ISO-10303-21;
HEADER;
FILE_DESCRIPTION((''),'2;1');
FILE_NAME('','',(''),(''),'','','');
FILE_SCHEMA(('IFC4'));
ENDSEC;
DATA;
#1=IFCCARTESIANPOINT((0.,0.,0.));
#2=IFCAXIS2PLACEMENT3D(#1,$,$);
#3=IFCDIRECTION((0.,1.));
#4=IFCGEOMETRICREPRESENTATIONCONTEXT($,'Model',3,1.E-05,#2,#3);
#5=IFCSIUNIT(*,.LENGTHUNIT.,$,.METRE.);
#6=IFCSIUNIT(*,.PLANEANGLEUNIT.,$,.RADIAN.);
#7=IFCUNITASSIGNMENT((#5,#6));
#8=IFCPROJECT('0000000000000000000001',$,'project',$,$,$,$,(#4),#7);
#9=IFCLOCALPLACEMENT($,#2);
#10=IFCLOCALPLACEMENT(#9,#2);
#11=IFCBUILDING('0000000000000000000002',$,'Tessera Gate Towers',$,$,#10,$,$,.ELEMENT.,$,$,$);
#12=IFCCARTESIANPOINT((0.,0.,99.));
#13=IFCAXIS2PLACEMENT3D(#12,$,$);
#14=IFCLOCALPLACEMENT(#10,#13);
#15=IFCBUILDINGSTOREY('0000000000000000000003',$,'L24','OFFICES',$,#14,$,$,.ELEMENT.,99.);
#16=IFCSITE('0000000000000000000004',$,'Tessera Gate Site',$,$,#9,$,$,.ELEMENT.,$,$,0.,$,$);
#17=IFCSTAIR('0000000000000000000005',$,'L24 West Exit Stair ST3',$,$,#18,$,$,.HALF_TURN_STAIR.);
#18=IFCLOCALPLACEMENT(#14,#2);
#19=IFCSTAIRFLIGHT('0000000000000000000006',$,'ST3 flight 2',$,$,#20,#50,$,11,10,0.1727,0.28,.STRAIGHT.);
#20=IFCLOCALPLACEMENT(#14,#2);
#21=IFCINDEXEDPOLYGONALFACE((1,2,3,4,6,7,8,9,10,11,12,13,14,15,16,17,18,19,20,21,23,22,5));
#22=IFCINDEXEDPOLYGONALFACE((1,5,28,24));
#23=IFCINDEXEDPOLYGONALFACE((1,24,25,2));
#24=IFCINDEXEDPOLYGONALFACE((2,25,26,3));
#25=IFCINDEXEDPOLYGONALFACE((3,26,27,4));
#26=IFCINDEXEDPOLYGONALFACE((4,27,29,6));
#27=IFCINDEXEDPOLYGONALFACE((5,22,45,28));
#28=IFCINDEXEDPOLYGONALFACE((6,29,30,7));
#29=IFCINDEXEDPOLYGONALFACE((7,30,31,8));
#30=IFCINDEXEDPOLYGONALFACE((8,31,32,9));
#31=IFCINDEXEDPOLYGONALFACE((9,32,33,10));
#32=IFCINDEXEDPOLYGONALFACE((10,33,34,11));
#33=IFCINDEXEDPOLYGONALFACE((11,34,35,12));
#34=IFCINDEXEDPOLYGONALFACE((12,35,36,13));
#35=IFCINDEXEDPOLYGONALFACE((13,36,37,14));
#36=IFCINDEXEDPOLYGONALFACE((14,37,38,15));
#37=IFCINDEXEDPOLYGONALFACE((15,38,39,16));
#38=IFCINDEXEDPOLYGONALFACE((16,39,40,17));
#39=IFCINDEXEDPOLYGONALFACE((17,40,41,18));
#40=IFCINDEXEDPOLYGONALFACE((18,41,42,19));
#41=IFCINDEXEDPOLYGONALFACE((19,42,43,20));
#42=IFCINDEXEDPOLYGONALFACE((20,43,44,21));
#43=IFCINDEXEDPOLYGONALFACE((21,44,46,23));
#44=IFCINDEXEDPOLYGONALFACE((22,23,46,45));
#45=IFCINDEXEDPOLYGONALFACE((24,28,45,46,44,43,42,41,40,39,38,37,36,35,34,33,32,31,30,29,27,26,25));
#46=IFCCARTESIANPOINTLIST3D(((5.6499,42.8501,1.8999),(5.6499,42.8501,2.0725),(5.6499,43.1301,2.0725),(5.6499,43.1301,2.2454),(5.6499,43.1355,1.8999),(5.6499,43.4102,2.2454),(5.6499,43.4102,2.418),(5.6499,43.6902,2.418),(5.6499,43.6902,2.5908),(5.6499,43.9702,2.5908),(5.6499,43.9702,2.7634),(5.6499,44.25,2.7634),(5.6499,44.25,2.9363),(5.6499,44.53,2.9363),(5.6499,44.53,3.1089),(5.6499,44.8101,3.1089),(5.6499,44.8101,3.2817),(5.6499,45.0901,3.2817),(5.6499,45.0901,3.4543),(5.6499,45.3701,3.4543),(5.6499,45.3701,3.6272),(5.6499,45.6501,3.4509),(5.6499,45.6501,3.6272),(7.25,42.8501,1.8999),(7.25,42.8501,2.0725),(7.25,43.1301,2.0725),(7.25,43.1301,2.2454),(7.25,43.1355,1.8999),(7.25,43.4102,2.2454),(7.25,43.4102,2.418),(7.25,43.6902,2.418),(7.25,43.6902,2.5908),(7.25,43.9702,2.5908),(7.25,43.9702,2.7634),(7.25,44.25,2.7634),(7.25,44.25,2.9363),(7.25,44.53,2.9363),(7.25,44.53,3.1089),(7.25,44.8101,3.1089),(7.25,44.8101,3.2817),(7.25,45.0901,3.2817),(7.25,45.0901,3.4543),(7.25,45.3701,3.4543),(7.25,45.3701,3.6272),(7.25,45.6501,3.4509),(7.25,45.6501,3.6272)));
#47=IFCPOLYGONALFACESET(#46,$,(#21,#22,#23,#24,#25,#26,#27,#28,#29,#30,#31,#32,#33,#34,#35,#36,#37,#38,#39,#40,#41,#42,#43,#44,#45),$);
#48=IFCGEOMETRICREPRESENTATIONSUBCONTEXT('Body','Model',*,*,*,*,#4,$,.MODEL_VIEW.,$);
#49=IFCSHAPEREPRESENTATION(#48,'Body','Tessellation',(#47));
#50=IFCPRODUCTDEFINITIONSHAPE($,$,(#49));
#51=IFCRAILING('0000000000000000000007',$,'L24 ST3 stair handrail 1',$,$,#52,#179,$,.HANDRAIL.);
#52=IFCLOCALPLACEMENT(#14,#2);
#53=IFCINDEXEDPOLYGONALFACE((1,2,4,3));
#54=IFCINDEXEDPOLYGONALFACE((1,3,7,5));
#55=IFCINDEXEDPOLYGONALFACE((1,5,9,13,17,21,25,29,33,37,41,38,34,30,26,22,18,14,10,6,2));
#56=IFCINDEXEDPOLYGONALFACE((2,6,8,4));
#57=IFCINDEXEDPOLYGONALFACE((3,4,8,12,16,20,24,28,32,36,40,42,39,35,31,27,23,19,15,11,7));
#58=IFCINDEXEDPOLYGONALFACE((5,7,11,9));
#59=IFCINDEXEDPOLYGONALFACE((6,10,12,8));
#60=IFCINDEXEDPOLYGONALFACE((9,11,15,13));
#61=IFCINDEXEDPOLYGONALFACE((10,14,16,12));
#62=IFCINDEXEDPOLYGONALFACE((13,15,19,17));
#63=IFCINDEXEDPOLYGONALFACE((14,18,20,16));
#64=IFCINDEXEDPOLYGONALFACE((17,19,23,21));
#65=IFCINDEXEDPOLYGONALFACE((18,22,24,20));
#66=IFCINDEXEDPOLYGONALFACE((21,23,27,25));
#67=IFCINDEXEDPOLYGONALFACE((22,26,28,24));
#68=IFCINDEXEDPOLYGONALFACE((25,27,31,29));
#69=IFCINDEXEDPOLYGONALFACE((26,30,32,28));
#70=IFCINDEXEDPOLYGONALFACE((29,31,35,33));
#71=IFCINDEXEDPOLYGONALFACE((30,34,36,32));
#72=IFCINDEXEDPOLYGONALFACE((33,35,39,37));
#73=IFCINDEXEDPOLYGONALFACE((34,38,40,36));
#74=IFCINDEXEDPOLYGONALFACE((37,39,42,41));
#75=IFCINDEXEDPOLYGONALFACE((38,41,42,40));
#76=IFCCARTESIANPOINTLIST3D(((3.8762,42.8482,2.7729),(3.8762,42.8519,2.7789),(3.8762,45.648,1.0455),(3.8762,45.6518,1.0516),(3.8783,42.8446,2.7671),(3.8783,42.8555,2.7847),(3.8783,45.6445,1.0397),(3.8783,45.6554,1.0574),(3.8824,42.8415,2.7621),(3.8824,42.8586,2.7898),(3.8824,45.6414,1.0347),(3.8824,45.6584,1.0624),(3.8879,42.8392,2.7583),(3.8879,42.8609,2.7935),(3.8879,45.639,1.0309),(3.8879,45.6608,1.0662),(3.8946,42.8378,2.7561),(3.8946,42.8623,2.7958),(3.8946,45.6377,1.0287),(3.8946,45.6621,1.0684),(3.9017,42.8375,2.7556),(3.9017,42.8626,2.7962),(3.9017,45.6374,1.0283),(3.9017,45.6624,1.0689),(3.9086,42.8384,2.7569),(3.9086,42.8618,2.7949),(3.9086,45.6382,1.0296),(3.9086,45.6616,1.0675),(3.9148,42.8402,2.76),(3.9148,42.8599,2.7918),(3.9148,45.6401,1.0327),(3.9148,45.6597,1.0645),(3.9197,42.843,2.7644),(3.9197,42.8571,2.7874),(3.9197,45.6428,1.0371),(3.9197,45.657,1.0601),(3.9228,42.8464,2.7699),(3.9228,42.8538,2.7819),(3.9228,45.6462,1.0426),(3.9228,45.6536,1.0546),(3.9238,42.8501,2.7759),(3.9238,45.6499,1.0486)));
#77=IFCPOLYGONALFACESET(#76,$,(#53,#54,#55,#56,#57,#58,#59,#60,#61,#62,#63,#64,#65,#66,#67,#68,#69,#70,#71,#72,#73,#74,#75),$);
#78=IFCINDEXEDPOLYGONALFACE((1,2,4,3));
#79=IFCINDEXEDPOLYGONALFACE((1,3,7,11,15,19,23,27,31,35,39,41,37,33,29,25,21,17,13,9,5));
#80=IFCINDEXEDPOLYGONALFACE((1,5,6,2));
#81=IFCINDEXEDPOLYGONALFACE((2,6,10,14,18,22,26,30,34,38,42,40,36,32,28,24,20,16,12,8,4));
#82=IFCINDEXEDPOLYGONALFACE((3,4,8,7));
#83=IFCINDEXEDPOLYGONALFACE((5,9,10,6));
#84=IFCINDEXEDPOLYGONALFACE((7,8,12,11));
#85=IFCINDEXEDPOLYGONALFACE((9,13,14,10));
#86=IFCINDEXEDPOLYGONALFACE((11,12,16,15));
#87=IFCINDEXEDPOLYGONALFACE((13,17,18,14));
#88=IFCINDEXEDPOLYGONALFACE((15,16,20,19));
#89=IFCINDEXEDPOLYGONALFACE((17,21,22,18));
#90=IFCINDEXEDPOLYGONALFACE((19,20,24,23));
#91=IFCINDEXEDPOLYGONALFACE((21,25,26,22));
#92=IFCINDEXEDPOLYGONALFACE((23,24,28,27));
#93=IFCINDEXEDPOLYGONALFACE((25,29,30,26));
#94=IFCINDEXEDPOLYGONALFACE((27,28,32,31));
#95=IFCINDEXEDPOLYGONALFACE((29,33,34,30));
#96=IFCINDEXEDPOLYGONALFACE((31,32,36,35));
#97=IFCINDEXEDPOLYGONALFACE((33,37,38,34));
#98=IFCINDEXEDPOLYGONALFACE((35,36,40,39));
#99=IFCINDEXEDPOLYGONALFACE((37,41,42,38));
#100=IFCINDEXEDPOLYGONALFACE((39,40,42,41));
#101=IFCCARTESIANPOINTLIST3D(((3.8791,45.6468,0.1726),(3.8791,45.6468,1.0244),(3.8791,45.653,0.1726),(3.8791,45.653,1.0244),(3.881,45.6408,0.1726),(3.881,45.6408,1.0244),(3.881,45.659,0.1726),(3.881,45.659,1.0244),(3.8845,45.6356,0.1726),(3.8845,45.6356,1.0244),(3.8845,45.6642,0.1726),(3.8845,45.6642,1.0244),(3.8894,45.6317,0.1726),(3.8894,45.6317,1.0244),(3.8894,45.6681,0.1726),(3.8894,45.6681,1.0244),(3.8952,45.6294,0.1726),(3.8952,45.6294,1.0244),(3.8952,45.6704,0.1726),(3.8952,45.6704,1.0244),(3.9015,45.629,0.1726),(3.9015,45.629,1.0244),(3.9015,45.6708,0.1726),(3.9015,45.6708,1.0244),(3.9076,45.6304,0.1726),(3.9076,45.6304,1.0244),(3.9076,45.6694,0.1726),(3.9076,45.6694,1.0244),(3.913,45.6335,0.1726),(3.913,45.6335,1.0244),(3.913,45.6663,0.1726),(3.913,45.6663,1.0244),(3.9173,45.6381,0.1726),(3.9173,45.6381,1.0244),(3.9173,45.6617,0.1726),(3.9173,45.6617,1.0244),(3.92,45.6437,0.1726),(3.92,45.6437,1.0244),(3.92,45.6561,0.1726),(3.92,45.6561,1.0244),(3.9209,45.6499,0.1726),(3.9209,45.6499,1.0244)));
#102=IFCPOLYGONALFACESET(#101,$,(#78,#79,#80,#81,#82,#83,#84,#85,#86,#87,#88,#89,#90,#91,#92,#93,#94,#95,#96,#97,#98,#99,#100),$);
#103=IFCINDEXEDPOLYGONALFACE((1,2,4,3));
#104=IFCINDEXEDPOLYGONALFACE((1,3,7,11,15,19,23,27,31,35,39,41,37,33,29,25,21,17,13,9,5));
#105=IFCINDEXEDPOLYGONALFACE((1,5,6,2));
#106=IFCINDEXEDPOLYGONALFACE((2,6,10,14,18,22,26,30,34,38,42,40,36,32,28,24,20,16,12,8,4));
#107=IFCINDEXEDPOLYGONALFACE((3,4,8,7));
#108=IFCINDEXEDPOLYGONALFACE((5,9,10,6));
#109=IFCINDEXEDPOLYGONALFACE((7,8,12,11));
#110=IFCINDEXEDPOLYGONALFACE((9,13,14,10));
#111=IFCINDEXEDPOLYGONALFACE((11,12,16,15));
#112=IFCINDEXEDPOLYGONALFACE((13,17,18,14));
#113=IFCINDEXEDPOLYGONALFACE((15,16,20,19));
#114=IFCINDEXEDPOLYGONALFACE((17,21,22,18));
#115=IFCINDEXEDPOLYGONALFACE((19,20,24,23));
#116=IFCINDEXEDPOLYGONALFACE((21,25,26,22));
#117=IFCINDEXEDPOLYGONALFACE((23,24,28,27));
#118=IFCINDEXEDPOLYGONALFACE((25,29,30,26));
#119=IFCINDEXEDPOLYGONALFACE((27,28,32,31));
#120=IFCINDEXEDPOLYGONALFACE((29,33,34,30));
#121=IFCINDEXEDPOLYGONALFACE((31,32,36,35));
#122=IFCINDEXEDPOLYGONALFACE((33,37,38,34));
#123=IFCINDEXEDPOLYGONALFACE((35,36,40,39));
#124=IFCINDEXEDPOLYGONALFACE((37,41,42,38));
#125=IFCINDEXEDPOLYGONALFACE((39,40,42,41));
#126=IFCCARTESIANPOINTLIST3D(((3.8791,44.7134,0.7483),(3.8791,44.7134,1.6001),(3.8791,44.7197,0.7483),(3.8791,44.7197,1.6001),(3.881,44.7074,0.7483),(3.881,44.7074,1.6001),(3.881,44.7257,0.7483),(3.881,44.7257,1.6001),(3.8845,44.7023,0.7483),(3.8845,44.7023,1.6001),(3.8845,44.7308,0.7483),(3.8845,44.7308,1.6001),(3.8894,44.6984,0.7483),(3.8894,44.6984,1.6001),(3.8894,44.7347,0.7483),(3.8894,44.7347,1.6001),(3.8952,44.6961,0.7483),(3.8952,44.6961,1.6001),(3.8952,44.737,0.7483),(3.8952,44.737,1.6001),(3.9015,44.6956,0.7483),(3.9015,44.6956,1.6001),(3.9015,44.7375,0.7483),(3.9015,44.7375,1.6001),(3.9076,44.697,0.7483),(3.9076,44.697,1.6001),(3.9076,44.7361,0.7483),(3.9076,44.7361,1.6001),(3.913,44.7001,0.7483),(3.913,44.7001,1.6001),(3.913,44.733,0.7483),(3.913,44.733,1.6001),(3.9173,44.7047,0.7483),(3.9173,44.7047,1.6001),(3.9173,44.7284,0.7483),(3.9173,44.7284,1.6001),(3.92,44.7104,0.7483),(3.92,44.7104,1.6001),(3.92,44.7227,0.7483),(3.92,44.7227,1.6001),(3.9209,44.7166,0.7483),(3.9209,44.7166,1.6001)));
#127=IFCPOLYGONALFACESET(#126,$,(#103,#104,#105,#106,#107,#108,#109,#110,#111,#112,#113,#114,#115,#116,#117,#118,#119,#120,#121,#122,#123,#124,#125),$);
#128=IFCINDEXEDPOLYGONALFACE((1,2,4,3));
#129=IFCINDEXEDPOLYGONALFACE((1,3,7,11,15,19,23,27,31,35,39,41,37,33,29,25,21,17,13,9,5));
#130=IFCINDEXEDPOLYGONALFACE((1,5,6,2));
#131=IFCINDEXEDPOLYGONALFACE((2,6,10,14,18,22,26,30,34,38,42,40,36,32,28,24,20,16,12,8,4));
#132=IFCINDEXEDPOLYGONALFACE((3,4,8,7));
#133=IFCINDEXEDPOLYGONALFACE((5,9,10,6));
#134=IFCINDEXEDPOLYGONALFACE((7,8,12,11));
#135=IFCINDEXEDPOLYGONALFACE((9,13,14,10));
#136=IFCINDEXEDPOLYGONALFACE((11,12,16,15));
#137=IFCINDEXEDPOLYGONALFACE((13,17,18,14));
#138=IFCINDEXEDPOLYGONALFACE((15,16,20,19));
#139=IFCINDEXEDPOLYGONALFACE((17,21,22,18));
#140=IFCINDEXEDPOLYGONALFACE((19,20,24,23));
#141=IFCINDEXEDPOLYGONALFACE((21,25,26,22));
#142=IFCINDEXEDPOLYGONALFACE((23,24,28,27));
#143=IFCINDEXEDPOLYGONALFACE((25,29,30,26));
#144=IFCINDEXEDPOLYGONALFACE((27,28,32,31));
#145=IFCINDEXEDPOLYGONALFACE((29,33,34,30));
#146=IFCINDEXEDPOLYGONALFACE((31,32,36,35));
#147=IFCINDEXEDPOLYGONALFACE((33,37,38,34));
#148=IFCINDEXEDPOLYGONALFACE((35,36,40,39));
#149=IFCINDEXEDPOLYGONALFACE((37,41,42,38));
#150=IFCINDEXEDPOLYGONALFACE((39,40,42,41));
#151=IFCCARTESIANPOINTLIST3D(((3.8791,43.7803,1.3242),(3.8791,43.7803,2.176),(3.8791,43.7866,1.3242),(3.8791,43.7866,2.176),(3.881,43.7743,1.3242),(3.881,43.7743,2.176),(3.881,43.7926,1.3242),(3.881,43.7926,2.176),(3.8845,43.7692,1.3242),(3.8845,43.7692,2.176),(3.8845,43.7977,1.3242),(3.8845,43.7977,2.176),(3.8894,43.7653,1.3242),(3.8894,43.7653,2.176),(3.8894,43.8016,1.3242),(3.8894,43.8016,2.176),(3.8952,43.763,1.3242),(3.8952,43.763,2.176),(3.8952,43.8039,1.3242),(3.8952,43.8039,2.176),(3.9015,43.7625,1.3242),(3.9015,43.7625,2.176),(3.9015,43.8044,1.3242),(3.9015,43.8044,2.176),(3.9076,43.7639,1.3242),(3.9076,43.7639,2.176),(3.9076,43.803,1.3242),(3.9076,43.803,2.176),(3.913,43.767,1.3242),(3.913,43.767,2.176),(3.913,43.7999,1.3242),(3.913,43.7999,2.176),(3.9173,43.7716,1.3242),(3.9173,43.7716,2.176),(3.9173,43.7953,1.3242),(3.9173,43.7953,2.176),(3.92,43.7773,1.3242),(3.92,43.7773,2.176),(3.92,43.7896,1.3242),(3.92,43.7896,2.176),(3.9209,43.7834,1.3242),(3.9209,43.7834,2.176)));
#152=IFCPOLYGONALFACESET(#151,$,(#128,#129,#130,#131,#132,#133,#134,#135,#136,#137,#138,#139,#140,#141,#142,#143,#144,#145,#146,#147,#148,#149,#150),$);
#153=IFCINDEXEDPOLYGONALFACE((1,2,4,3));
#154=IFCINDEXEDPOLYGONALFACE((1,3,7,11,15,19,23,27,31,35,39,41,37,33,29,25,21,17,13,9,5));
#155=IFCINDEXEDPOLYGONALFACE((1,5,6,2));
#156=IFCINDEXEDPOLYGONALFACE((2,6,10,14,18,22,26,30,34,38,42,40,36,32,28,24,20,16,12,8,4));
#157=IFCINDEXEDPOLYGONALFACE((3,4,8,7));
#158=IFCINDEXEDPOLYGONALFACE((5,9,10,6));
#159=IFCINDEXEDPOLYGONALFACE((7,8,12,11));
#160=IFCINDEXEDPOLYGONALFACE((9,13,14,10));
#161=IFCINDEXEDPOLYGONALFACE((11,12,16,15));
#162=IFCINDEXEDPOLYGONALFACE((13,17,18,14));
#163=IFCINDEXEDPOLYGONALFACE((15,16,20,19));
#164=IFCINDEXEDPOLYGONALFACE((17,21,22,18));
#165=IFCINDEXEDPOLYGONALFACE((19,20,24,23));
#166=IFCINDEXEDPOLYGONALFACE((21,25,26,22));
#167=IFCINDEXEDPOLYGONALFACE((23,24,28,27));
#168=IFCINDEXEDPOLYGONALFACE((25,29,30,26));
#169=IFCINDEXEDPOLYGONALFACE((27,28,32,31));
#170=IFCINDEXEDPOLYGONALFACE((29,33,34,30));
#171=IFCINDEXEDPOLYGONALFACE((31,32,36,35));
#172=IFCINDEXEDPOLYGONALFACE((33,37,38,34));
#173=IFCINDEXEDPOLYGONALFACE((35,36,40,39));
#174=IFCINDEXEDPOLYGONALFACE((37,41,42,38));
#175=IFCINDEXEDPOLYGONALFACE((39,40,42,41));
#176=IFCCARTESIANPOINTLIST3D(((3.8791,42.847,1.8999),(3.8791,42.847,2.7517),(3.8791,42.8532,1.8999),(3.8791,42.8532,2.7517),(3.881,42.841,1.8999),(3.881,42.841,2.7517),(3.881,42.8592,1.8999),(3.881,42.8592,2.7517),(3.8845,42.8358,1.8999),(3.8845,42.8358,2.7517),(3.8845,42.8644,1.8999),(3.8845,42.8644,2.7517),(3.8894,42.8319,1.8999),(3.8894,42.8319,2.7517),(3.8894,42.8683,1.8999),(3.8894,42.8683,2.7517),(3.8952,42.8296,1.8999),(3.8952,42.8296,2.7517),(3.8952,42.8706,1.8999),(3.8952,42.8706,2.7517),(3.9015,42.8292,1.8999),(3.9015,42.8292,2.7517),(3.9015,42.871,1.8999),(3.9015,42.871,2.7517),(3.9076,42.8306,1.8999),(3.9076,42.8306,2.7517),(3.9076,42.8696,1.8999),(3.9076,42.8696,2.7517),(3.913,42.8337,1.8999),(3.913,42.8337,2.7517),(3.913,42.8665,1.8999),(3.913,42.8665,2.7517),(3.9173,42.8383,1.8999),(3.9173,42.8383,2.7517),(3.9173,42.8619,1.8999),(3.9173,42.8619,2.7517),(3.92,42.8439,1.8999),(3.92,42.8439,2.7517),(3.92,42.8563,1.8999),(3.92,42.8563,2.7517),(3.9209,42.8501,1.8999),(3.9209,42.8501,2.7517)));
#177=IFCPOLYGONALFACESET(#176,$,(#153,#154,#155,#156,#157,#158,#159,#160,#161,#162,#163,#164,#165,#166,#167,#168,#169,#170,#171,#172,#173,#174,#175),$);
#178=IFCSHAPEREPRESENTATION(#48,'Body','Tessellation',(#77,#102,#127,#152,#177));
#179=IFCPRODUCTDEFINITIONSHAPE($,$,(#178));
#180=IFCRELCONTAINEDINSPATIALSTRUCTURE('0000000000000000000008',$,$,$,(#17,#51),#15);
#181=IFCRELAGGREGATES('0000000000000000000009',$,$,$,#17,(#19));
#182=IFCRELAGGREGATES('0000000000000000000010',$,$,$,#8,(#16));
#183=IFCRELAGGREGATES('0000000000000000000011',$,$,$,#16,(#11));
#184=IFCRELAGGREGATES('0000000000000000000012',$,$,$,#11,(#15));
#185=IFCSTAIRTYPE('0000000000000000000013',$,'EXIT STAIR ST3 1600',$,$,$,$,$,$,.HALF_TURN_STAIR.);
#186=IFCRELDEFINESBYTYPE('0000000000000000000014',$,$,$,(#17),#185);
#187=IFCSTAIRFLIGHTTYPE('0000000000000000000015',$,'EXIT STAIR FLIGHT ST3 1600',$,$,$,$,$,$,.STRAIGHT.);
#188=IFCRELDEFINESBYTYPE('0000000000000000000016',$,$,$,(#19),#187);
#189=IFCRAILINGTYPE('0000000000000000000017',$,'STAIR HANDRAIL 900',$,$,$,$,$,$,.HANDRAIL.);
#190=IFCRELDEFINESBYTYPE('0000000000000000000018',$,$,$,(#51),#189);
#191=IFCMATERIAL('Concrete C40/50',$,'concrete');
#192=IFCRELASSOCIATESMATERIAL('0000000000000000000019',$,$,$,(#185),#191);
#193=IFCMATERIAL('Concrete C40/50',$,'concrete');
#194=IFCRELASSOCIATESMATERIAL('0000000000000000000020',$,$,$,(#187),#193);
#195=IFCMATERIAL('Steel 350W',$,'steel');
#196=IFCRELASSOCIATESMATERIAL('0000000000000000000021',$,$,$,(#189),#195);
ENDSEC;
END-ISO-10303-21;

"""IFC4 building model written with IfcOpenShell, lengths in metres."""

from ifc_helpers import new_model, si_unit, direction, frame, origin, origin_2d, place, context, subcontext, project, spatial, polyline, circle, outline, extrude, material, type_object, element, aggregate, save


model = new_model("IFC4")

# Units and contexts
model_context = context("Model", 3, precision=1e-05, world=origin(), true_north=direction((0.0, 1.0)))
body_context = subcontext(model_context, "Body", "Model", "MODEL_VIEW")
ifc_project = project(units=[si_unit("LENGTHUNIT", "METRE"), si_unit("PLANEANGLEUNIT", "RADIAN")], contexts=[model_context])

# Site, building, storey
site_placement = place(None, origin())
site = spatial("IfcSite", under=ifc_project, at=site_placement, Name="Tessera Gate Site", CompositionType="ELEMENT", RefElevation=0.0)
building_placement = place(site_placement, origin())
building = spatial("IfcBuilding", under=site, at=building_placement, Name="Tessera Gate Towers", CompositionType="ELEMENT")
storey_placement = place(building_placement, frame((0.0, 0.0, 99.0)))
storey = spatial("IfcBuildingStorey", under=building, at=storey_placement, Name="L24", Description="OFFICES", CompositionType="ELEMENT", Elevation=99.0)

# Stair, stair flight
ifc_material_1 = material(Name="Concrete C40/50", Category="concrete")
stair_type = type_object("IfcStairType", Name="EXIT STAIR ST3 1600", PredefinedType="HALF_TURN_STAIR", material=ifc_material_1)
stair_placement = place(storey_placement, origin())
stair = element("IfcStair", 1, at=stair_placement, inside=storey, type_object=stair_type, Name="L24 West Exit Stair ST3", PredefinedType="HALF_TURN_STAIR")
ifc_material_2 = material(Name="Concrete C40/50", Category="concrete")
stair_flight_type = type_object("IfcStairFlightType", Name="EXIT STAIR FLIGHT ST3 1600", PredefinedType="STRAIGHT", material=ifc_material_2)
stair_flight_1_placement = place(storey_placement, frame((6.45, 42.8501, 1.8999), z_axis=(0.0, 0.0, 1.0), x_axis=(0.0, 1.0, 0.0)))
stair_flight_1 = element("IfcStairFlight", 2, at=stair_flight_1_placement, type_object=stair_flight_type, Name="ST3 flight 2", NumberOfRisers=11, NumberOfTreads=10, PredefinedType="STRAIGHT", RiserHeight=0.1727, TreadLength=0.28, context=body_context, shape_type="SweptSolid", body=[
    extrude(outline(polyline([(0.0, 0.0), (0.0, 0.1726), (0.28, 0.1726), (0.28, 0.3455), (0.5601, 0.3455), (0.5601, 0.5181), (0.8401, 0.5181), (0.8401, 0.6909), (1.1201, 0.6909), (1.1201, 0.8635), (1.3999, 0.8635), (1.3999, 1.0364), (1.6799, 1.0364), (1.6799, 1.209), (1.96, 1.209), (1.96, 1.3818), (2.24, 1.3818), (2.24, 1.5544), (2.52, 1.5544), (2.52, 1.7273), (2.8, 1.7273), (2.8, 1.8999), (2.8, 1.551), (0.2854, 0.0), (0.0, 0.0)])), frame((0.0, 0.8, 0.0), z_axis=(0.0, -1.0, 0.0), x_axis=(1.0, 0.0, 0.0)), (0.0, 0.0, 1.0), 1.6001),
])
aggregate(stair, [stair_flight_1])

# Railing
ifc_material_3 = material(Name="Steel 350W", Category="steel")
railing_type_1 = type_object("IfcRailingType", Name="STAIR HANDRAIL 900", PredefinedType="HANDRAIL", material=ifc_material_3)
railing_1_placement = place(storey_placement, frame((3.8999, 45.6499, 0.1726)))
element("IfcRailing", 3, at=railing_1_placement, inside=storey, type_object=railing_type_1, Name="L24 ST3 stair handrail 1", PredefinedType="HANDRAIL", context=body_context, shape_type="SweptSolid", body=[
    extrude(circle(Radius=0.0239, at=origin_2d()), frame((0.0, 0.0, 0.876), z_axis=(0.0, -0.851069, 0.525054), x_axis=(1.0, 0.0, 0.0)), (0.0, 0.0, 1.0), 3.2898),
    extrude(circle(Radius=0.021, at=origin_2d()), origin(), (0.0, 0.0, 1.0), 0.8518),
    extrude(circle(Radius=0.021, at=origin_2d()), frame((0.0, -0.9333, 0.5757)), (0.0, 0.0, 1.0), 0.8518),
    extrude(circle(Radius=0.021, at=origin_2d()), frame((0.0, -1.8665, 1.1516)), (0.0, 0.0, 1.0), 0.8518),
    extrude(circle(Radius=0.021, at=origin_2d()), frame((0.0, -2.7998, 1.7273)), (0.0, 0.0, 1.0), 0.8518),
])

save(model, "model.ifc")
